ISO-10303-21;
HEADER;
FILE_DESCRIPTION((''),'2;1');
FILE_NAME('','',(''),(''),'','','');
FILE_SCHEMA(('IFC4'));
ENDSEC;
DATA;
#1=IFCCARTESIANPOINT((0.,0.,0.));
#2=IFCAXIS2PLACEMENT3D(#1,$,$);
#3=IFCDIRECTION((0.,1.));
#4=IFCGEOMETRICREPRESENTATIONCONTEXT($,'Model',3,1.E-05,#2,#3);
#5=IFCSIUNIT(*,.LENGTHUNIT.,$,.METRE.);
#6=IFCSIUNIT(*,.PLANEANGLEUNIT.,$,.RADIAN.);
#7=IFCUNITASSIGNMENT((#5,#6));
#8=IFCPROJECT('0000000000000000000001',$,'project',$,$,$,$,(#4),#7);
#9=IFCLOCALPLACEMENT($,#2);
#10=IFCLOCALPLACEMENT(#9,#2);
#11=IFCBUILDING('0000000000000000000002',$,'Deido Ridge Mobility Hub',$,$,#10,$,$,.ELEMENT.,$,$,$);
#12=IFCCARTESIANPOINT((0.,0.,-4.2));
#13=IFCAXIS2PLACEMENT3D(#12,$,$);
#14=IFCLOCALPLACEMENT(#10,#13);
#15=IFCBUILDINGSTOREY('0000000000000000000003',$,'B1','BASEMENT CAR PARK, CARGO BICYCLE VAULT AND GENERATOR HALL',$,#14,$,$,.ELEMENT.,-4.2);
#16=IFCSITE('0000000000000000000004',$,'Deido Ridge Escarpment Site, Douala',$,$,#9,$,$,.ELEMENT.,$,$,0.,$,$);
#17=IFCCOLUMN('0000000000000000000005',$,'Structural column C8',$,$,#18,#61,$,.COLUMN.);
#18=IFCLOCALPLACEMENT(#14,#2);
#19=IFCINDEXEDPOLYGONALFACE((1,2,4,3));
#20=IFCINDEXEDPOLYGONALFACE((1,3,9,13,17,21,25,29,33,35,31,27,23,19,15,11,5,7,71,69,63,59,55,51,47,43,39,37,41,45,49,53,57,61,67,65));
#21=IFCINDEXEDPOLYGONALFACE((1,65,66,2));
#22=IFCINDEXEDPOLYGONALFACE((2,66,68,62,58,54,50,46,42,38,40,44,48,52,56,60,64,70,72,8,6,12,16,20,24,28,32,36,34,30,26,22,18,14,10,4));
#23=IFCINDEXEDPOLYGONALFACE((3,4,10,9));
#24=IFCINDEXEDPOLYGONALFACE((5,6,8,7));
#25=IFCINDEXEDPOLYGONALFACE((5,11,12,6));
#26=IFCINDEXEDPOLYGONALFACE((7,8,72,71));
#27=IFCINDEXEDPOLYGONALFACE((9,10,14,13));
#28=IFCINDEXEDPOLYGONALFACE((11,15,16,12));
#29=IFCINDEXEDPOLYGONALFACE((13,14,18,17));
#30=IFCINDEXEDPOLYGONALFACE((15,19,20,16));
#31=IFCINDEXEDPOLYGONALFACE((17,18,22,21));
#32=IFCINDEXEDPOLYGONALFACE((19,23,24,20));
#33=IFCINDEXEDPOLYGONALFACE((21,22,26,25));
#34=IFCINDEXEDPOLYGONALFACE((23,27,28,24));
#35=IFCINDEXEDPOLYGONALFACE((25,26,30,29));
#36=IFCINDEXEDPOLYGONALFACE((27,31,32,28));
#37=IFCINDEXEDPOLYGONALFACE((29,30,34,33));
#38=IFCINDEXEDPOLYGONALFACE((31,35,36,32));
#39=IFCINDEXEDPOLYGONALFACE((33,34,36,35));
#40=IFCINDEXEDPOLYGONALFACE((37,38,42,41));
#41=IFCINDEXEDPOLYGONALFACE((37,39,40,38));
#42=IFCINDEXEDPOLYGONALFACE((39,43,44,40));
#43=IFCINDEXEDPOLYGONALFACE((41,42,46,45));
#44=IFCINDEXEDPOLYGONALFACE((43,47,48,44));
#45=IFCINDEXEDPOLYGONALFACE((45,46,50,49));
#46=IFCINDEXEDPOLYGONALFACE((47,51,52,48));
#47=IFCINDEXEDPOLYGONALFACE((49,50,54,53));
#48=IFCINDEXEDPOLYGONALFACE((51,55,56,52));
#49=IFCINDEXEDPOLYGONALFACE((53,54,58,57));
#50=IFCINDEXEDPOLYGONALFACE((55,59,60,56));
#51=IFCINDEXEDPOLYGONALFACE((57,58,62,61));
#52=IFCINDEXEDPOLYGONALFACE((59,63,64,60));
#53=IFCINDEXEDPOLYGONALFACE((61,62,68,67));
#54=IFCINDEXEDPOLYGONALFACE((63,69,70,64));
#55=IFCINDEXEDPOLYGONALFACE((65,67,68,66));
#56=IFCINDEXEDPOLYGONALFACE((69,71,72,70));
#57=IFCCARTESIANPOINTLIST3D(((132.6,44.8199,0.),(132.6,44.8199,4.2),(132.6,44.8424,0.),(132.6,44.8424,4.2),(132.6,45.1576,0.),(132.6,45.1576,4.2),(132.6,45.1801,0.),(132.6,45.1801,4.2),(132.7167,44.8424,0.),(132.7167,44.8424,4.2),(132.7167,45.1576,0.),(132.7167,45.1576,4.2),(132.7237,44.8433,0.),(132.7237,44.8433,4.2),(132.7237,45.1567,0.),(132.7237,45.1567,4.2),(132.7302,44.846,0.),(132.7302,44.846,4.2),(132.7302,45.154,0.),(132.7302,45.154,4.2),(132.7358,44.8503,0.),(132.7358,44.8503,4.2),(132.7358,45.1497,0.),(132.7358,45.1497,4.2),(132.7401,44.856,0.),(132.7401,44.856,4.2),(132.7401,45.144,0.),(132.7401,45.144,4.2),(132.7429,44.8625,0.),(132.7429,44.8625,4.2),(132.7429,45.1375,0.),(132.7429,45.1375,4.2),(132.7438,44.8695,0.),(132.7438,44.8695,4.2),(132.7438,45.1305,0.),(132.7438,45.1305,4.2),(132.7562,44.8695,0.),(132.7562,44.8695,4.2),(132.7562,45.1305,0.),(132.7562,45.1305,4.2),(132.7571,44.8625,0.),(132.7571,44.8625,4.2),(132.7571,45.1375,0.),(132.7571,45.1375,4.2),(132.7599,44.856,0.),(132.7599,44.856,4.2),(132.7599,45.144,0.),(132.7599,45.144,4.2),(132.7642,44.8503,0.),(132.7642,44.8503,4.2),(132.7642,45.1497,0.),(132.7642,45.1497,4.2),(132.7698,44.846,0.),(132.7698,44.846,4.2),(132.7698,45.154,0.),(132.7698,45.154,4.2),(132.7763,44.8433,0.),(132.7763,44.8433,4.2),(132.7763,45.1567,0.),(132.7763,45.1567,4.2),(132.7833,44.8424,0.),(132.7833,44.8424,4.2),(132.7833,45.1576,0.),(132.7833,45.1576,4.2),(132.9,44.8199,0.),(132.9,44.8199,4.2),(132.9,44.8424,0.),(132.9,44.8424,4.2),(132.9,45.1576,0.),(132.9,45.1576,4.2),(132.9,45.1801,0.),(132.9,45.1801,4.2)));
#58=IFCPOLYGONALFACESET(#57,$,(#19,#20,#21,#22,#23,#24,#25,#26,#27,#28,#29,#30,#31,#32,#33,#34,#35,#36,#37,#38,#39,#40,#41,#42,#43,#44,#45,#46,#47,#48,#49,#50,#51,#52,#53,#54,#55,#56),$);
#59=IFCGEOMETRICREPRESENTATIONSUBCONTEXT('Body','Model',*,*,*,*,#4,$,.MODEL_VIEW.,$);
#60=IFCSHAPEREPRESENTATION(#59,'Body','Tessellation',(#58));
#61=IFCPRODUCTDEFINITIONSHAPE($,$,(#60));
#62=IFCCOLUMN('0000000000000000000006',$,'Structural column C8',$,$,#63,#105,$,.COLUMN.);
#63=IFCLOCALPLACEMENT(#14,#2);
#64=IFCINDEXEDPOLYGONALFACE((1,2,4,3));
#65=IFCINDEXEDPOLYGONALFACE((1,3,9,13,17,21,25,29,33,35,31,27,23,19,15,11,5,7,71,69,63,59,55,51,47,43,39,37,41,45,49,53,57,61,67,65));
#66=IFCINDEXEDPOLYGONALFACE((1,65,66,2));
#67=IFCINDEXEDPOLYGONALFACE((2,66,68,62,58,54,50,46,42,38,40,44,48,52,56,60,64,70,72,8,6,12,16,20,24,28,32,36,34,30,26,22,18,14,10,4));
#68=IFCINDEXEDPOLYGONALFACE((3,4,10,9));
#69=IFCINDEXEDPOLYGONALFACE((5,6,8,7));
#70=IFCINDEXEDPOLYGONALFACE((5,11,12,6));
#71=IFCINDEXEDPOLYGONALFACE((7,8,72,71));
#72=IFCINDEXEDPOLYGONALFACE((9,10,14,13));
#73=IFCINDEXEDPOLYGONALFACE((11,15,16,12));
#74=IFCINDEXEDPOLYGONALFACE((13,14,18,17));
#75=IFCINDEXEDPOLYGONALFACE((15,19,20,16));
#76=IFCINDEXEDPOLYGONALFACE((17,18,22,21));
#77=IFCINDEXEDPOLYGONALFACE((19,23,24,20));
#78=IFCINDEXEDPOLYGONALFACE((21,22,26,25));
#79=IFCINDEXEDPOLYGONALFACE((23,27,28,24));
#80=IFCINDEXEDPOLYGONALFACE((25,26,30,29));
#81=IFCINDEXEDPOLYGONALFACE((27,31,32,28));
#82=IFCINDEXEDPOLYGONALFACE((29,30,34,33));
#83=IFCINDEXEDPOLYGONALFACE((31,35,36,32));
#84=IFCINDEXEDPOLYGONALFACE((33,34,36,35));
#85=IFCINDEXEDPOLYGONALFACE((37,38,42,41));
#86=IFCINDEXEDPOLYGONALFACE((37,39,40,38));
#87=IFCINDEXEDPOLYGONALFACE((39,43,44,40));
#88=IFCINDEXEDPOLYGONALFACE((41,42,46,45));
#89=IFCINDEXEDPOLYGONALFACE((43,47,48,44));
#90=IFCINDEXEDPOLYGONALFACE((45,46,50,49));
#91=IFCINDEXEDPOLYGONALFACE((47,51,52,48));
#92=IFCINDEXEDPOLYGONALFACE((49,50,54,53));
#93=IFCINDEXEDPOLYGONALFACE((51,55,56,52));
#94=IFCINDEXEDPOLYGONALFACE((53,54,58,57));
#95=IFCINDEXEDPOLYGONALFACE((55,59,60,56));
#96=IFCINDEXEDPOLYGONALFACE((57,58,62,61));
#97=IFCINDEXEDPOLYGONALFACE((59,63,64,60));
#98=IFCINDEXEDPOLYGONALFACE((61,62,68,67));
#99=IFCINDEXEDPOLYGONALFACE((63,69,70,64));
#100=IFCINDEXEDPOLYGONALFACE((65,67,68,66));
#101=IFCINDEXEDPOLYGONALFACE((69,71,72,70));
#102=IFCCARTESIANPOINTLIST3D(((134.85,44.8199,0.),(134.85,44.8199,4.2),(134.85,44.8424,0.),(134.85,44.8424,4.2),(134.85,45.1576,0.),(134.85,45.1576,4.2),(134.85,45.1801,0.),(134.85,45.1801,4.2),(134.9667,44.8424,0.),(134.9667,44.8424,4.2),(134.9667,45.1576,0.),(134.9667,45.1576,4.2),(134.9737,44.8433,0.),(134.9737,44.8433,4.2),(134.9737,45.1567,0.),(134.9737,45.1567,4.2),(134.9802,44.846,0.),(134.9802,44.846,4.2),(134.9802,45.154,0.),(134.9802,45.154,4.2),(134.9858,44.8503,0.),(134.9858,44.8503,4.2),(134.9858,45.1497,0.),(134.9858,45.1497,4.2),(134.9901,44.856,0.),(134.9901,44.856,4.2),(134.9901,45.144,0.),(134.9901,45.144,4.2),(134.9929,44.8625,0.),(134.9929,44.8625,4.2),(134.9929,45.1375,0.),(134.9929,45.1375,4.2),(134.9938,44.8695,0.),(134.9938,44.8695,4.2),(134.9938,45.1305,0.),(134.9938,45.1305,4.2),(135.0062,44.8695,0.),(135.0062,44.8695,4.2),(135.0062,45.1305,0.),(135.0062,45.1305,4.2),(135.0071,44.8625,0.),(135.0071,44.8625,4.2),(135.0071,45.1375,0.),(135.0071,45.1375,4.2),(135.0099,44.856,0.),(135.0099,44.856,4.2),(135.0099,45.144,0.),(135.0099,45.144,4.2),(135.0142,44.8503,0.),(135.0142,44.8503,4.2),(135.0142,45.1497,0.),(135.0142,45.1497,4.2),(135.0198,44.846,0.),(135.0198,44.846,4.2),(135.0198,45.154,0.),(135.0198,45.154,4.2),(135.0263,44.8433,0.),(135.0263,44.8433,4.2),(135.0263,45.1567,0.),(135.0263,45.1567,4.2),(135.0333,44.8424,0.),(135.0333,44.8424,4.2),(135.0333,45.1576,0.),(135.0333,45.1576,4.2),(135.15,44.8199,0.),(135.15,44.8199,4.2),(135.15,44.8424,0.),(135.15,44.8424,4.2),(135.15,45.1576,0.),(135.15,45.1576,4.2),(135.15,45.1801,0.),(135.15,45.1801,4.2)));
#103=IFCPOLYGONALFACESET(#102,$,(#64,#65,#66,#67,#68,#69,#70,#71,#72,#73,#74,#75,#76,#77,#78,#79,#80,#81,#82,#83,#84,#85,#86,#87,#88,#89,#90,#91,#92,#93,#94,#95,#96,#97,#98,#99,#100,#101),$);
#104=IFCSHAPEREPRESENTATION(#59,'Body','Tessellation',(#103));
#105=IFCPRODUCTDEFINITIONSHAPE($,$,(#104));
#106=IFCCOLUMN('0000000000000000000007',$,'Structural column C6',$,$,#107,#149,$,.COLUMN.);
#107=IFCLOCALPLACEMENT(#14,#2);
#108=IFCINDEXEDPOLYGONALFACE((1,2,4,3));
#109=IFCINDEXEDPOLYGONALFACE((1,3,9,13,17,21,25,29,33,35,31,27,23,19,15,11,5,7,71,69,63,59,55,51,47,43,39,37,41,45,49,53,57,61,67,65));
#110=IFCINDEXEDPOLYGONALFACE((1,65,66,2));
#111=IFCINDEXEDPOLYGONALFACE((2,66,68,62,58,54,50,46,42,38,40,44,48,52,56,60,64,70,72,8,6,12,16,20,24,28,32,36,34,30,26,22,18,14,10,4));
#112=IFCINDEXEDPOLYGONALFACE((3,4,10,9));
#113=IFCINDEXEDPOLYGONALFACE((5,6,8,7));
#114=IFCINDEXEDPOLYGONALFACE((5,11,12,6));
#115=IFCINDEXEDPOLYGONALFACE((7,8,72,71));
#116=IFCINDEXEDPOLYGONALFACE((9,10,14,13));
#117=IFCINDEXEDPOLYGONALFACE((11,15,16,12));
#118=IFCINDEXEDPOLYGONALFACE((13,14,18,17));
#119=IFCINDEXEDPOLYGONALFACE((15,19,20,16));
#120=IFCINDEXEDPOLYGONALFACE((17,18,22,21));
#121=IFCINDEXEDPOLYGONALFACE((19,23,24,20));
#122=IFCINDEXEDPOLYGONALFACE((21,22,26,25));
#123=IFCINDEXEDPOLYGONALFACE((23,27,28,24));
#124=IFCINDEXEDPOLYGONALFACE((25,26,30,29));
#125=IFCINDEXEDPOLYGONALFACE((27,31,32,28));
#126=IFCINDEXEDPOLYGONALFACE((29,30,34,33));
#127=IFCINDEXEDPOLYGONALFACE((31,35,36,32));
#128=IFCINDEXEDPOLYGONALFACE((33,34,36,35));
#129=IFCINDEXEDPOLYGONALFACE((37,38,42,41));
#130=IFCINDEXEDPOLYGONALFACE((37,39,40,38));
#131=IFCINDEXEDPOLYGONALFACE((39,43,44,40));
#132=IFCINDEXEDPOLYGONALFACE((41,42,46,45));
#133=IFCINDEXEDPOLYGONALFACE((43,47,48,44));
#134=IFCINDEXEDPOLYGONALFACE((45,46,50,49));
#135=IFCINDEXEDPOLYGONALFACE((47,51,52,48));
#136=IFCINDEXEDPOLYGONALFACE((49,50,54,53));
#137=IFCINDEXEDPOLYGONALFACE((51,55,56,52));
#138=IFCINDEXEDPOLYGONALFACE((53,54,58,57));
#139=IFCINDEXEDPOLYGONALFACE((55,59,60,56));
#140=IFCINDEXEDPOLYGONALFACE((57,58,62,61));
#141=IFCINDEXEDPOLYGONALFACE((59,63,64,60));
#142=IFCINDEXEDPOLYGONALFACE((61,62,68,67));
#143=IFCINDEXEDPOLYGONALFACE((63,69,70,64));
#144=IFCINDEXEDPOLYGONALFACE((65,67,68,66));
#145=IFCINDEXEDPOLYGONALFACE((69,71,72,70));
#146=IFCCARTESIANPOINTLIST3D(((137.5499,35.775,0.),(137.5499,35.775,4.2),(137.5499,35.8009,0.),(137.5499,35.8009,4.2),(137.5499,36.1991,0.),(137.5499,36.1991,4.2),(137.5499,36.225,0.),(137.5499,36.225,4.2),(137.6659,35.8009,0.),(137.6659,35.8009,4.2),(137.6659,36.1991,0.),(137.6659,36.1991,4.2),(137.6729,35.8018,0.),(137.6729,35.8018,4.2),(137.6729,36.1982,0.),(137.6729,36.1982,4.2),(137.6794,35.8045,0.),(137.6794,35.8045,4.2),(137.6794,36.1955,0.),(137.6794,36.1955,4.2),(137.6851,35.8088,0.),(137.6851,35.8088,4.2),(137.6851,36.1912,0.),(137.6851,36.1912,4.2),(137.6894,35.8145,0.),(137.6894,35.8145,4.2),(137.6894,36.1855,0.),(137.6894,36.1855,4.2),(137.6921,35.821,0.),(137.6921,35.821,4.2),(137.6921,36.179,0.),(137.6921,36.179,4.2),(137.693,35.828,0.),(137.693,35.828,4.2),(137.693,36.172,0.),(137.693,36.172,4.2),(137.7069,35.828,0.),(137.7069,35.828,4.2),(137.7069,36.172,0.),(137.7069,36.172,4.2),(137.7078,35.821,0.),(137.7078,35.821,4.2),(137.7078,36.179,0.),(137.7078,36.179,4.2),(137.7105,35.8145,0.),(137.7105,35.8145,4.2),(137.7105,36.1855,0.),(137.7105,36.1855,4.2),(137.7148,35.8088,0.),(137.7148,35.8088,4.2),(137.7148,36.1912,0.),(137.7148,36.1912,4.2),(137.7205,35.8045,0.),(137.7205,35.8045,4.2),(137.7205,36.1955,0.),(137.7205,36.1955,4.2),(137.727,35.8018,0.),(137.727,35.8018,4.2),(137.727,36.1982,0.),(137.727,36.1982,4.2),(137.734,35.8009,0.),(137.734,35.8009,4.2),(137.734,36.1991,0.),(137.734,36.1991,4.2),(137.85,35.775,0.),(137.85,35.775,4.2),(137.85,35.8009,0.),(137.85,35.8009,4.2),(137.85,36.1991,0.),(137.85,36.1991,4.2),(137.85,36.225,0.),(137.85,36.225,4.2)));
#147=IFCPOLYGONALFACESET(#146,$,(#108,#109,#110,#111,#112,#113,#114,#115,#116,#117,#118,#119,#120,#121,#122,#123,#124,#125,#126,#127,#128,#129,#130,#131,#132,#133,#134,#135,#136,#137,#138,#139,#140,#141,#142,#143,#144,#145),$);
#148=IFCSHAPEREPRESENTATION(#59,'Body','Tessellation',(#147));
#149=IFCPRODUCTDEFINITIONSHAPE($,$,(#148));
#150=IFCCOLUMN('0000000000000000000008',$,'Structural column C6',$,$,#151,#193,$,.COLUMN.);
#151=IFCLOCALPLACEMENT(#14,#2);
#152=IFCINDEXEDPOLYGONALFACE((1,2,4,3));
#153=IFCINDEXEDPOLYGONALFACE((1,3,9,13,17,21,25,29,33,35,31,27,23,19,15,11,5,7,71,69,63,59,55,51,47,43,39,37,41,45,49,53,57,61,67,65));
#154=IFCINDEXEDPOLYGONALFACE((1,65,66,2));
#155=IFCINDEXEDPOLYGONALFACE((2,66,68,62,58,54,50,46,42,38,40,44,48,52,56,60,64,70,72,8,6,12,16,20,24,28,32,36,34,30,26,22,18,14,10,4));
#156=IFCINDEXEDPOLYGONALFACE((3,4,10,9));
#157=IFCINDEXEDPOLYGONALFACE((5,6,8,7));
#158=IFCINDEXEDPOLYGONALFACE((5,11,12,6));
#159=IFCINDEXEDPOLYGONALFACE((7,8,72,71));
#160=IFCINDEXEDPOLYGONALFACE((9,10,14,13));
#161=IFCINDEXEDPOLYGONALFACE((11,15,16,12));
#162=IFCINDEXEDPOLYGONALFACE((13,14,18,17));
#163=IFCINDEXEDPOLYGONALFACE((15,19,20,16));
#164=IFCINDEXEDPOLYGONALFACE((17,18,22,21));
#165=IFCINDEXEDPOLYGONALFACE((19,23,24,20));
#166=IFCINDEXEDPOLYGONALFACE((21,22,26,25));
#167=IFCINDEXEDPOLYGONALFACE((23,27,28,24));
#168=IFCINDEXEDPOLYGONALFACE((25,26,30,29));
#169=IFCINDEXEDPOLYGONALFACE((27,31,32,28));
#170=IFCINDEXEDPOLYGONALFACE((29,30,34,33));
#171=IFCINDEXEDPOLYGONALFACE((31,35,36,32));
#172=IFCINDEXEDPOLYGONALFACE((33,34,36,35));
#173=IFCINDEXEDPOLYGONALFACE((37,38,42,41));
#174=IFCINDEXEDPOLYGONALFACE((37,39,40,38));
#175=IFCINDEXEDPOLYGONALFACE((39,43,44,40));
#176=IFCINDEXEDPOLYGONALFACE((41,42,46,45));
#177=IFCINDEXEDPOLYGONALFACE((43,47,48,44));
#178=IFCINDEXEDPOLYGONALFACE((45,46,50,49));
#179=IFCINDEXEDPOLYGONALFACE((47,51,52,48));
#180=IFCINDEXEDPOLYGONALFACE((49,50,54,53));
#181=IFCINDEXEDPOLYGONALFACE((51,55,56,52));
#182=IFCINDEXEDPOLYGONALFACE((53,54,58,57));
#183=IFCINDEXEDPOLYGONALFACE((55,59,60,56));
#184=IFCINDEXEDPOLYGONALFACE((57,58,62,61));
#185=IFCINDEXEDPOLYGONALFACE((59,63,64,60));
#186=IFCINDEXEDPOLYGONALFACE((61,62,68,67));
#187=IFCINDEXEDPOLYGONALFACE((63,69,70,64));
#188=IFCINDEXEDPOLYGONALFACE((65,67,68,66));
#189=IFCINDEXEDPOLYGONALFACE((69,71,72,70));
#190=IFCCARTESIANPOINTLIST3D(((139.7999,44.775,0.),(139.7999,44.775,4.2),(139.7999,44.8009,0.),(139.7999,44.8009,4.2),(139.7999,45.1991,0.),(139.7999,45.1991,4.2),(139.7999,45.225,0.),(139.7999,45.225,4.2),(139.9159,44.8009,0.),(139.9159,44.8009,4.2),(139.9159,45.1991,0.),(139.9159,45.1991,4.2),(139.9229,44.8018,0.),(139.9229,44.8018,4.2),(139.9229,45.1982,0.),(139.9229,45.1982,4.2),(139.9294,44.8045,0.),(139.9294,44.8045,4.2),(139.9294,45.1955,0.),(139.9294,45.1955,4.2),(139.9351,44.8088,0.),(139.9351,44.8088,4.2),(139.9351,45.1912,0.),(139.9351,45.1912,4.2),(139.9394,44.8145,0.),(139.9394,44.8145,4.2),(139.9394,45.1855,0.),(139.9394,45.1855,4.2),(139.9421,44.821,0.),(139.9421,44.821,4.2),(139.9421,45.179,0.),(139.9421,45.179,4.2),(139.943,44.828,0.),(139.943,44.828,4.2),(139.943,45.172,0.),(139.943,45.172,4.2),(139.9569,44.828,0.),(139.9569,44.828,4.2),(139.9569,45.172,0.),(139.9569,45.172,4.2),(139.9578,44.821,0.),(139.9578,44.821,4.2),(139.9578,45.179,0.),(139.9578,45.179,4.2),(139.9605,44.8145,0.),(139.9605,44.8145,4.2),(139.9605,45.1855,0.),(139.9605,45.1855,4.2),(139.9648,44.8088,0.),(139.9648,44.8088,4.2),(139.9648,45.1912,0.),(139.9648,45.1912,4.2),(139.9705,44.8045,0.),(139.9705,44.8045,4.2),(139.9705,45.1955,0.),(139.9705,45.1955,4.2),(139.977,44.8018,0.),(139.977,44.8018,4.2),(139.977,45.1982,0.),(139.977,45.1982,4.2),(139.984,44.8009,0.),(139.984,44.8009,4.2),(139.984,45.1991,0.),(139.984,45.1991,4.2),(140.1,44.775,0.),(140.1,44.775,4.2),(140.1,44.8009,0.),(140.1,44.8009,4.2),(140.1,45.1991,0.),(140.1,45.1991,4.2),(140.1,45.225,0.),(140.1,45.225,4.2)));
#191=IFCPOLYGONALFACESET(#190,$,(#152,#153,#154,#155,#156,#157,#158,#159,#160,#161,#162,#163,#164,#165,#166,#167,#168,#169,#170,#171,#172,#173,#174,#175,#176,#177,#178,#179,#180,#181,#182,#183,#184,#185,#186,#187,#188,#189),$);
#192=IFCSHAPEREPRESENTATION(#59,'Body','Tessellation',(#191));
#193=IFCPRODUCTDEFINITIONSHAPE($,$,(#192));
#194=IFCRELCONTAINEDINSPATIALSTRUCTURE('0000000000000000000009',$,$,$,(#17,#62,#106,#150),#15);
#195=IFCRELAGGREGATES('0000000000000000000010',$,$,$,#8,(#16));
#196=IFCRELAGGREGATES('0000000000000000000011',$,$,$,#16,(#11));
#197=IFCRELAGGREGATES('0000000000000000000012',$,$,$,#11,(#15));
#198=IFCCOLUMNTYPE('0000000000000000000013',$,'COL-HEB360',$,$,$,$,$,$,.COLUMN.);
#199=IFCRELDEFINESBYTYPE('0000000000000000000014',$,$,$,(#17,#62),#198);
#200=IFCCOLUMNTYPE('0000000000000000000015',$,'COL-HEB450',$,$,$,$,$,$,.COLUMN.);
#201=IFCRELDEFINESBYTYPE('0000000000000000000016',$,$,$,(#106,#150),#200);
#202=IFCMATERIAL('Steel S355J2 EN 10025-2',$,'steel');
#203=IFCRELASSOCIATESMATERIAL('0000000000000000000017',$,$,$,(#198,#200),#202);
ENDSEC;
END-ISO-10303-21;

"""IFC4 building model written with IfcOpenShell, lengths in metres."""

from ifc_helpers import new_model, si_unit, direction, frame, origin, origin_2d, place, context, subcontext, project, spatial, i_section, extrude, material, material_profile, profile_set, type_object, element, save


model = new_model("IFC4")

# Units and contexts
model_context = context("Model", 3, precision=1e-05, world=origin(), true_north=direction((0.0, 1.0)))
body_context = subcontext(model_context, "Body", "Model", "MODEL_VIEW")
ifc_project = project(units=[si_unit("LENGTHUNIT", "METRE"), si_unit("PLANEANGLEUNIT", "RADIAN")], contexts=[model_context])

# Site, building, storey
site_placement = place(None, origin())
site = spatial("IfcSite", under=ifc_project, at=site_placement, Name="Deido Ridge Escarpment Site, Douala", CompositionType="ELEMENT", RefElevation=0.0)
building_placement = place(site_placement, origin())
building = spatial("IfcBuilding", under=site, at=building_placement, Name="Deido Ridge Mobility Hub", CompositionType="ELEMENT")
storey_placement = place(building_placement, frame((0.0, 0.0, -4.2)))
storey = spatial("IfcBuildingStorey", under=building, at=storey_placement, Name="B1", Description="BASEMENT CAR PARK, CARGO BICYCLE VAULT AND GENERATOR HALL", CompositionType="ELEMENT", Elevation=-4.2)

# Columns
ifc_material_1 = material(Name="Steel S355J2 EN 10025-2", Category="steel")
ifc_material_profile_1 = material_profile(ifc_material_1, i_section(OverallWidth=0.3, OverallDepth=0.3601, WebThickness=0.0125, FlangeThickness=0.0225, FilletRadius=0.0271, at=origin_2d()), Name="HEB 360")
ifc_profile_set_1 = profile_set([ifc_material_profile_1], Name="Steel S355J2 EN 10025-2")
column_type_1 = type_object("IfcColumnType", Name="COL-HEB360", PredefinedType="COLUMN", material=ifc_profile_set_1)
for number, where, z_axis, x_axis, name in (
    (1, (132.75, 45.0, 0.0), (0.0, 0.0, 1.0), (1.0, 0.0, 0.0), "Structural column C8"),
    (2, (135.0, 45.0, 0.0), (0.0, 0.0, 1.0), (1.0, 0.0, 0.0), "Structural column C8"),
):
    element("IfcColumn", number, at=place(storey_placement, frame(where, z_axis=z_axis, x_axis=x_axis)), inside=storey, type_object=column_type_1, Name=name, PredefinedType="COLUMN", context=body_context, shape_type="SweptSolid", body=[
        extrude(i_section(OverallWidth=0.3, OverallDepth=0.3601, WebThickness=0.0125, FlangeThickness=0.0225, FilletRadius=0.0271, at=origin_2d()), origin(), (0.0, 0.0, 1.0), 4.2),
    ])
ifc_material_profile_2 = material_profile(ifc_material_1, i_section(OverallWidth=0.3, OverallDepth=0.45, WebThickness=0.0139, FlangeThickness=0.0259, FilletRadius=0.0271, at=origin_2d()), Name="HEB 450")
ifc_profile_set_2 = profile_set([ifc_material_profile_2], Name="Steel S355J2 EN 10025-2")
column_type_2 = type_object("IfcColumnType", Name="COL-HEB450", PredefinedType="COLUMN", material=ifc_profile_set_2)
for number, where, z_axis, x_axis, name in (
    (3, (137.7, 36.0, 0.0), (0.0, 0.0, 1.0), (1.0, 0.0, 0.0), "Structural column C6"),
    (4, (139.95, 45.0, 0.0), (0.0, 0.0, 1.0), (1.0, 0.0, 0.0), "Structural column C6"),
):
    element("IfcColumn", number, at=place(storey_placement, frame(where, z_axis=z_axis, x_axis=x_axis)), inside=storey, type_object=column_type_2, Name=name, PredefinedType="COLUMN", context=body_context, shape_type="SweptSolid", body=[
        extrude(i_section(OverallWidth=0.3, OverallDepth=0.45, WebThickness=0.0139, FlangeThickness=0.0259, FilletRadius=0.0271, at=origin_2d()), origin(), (0.0, 0.0, 1.0), 4.2),
    ])

save(model, "model.ifc")
